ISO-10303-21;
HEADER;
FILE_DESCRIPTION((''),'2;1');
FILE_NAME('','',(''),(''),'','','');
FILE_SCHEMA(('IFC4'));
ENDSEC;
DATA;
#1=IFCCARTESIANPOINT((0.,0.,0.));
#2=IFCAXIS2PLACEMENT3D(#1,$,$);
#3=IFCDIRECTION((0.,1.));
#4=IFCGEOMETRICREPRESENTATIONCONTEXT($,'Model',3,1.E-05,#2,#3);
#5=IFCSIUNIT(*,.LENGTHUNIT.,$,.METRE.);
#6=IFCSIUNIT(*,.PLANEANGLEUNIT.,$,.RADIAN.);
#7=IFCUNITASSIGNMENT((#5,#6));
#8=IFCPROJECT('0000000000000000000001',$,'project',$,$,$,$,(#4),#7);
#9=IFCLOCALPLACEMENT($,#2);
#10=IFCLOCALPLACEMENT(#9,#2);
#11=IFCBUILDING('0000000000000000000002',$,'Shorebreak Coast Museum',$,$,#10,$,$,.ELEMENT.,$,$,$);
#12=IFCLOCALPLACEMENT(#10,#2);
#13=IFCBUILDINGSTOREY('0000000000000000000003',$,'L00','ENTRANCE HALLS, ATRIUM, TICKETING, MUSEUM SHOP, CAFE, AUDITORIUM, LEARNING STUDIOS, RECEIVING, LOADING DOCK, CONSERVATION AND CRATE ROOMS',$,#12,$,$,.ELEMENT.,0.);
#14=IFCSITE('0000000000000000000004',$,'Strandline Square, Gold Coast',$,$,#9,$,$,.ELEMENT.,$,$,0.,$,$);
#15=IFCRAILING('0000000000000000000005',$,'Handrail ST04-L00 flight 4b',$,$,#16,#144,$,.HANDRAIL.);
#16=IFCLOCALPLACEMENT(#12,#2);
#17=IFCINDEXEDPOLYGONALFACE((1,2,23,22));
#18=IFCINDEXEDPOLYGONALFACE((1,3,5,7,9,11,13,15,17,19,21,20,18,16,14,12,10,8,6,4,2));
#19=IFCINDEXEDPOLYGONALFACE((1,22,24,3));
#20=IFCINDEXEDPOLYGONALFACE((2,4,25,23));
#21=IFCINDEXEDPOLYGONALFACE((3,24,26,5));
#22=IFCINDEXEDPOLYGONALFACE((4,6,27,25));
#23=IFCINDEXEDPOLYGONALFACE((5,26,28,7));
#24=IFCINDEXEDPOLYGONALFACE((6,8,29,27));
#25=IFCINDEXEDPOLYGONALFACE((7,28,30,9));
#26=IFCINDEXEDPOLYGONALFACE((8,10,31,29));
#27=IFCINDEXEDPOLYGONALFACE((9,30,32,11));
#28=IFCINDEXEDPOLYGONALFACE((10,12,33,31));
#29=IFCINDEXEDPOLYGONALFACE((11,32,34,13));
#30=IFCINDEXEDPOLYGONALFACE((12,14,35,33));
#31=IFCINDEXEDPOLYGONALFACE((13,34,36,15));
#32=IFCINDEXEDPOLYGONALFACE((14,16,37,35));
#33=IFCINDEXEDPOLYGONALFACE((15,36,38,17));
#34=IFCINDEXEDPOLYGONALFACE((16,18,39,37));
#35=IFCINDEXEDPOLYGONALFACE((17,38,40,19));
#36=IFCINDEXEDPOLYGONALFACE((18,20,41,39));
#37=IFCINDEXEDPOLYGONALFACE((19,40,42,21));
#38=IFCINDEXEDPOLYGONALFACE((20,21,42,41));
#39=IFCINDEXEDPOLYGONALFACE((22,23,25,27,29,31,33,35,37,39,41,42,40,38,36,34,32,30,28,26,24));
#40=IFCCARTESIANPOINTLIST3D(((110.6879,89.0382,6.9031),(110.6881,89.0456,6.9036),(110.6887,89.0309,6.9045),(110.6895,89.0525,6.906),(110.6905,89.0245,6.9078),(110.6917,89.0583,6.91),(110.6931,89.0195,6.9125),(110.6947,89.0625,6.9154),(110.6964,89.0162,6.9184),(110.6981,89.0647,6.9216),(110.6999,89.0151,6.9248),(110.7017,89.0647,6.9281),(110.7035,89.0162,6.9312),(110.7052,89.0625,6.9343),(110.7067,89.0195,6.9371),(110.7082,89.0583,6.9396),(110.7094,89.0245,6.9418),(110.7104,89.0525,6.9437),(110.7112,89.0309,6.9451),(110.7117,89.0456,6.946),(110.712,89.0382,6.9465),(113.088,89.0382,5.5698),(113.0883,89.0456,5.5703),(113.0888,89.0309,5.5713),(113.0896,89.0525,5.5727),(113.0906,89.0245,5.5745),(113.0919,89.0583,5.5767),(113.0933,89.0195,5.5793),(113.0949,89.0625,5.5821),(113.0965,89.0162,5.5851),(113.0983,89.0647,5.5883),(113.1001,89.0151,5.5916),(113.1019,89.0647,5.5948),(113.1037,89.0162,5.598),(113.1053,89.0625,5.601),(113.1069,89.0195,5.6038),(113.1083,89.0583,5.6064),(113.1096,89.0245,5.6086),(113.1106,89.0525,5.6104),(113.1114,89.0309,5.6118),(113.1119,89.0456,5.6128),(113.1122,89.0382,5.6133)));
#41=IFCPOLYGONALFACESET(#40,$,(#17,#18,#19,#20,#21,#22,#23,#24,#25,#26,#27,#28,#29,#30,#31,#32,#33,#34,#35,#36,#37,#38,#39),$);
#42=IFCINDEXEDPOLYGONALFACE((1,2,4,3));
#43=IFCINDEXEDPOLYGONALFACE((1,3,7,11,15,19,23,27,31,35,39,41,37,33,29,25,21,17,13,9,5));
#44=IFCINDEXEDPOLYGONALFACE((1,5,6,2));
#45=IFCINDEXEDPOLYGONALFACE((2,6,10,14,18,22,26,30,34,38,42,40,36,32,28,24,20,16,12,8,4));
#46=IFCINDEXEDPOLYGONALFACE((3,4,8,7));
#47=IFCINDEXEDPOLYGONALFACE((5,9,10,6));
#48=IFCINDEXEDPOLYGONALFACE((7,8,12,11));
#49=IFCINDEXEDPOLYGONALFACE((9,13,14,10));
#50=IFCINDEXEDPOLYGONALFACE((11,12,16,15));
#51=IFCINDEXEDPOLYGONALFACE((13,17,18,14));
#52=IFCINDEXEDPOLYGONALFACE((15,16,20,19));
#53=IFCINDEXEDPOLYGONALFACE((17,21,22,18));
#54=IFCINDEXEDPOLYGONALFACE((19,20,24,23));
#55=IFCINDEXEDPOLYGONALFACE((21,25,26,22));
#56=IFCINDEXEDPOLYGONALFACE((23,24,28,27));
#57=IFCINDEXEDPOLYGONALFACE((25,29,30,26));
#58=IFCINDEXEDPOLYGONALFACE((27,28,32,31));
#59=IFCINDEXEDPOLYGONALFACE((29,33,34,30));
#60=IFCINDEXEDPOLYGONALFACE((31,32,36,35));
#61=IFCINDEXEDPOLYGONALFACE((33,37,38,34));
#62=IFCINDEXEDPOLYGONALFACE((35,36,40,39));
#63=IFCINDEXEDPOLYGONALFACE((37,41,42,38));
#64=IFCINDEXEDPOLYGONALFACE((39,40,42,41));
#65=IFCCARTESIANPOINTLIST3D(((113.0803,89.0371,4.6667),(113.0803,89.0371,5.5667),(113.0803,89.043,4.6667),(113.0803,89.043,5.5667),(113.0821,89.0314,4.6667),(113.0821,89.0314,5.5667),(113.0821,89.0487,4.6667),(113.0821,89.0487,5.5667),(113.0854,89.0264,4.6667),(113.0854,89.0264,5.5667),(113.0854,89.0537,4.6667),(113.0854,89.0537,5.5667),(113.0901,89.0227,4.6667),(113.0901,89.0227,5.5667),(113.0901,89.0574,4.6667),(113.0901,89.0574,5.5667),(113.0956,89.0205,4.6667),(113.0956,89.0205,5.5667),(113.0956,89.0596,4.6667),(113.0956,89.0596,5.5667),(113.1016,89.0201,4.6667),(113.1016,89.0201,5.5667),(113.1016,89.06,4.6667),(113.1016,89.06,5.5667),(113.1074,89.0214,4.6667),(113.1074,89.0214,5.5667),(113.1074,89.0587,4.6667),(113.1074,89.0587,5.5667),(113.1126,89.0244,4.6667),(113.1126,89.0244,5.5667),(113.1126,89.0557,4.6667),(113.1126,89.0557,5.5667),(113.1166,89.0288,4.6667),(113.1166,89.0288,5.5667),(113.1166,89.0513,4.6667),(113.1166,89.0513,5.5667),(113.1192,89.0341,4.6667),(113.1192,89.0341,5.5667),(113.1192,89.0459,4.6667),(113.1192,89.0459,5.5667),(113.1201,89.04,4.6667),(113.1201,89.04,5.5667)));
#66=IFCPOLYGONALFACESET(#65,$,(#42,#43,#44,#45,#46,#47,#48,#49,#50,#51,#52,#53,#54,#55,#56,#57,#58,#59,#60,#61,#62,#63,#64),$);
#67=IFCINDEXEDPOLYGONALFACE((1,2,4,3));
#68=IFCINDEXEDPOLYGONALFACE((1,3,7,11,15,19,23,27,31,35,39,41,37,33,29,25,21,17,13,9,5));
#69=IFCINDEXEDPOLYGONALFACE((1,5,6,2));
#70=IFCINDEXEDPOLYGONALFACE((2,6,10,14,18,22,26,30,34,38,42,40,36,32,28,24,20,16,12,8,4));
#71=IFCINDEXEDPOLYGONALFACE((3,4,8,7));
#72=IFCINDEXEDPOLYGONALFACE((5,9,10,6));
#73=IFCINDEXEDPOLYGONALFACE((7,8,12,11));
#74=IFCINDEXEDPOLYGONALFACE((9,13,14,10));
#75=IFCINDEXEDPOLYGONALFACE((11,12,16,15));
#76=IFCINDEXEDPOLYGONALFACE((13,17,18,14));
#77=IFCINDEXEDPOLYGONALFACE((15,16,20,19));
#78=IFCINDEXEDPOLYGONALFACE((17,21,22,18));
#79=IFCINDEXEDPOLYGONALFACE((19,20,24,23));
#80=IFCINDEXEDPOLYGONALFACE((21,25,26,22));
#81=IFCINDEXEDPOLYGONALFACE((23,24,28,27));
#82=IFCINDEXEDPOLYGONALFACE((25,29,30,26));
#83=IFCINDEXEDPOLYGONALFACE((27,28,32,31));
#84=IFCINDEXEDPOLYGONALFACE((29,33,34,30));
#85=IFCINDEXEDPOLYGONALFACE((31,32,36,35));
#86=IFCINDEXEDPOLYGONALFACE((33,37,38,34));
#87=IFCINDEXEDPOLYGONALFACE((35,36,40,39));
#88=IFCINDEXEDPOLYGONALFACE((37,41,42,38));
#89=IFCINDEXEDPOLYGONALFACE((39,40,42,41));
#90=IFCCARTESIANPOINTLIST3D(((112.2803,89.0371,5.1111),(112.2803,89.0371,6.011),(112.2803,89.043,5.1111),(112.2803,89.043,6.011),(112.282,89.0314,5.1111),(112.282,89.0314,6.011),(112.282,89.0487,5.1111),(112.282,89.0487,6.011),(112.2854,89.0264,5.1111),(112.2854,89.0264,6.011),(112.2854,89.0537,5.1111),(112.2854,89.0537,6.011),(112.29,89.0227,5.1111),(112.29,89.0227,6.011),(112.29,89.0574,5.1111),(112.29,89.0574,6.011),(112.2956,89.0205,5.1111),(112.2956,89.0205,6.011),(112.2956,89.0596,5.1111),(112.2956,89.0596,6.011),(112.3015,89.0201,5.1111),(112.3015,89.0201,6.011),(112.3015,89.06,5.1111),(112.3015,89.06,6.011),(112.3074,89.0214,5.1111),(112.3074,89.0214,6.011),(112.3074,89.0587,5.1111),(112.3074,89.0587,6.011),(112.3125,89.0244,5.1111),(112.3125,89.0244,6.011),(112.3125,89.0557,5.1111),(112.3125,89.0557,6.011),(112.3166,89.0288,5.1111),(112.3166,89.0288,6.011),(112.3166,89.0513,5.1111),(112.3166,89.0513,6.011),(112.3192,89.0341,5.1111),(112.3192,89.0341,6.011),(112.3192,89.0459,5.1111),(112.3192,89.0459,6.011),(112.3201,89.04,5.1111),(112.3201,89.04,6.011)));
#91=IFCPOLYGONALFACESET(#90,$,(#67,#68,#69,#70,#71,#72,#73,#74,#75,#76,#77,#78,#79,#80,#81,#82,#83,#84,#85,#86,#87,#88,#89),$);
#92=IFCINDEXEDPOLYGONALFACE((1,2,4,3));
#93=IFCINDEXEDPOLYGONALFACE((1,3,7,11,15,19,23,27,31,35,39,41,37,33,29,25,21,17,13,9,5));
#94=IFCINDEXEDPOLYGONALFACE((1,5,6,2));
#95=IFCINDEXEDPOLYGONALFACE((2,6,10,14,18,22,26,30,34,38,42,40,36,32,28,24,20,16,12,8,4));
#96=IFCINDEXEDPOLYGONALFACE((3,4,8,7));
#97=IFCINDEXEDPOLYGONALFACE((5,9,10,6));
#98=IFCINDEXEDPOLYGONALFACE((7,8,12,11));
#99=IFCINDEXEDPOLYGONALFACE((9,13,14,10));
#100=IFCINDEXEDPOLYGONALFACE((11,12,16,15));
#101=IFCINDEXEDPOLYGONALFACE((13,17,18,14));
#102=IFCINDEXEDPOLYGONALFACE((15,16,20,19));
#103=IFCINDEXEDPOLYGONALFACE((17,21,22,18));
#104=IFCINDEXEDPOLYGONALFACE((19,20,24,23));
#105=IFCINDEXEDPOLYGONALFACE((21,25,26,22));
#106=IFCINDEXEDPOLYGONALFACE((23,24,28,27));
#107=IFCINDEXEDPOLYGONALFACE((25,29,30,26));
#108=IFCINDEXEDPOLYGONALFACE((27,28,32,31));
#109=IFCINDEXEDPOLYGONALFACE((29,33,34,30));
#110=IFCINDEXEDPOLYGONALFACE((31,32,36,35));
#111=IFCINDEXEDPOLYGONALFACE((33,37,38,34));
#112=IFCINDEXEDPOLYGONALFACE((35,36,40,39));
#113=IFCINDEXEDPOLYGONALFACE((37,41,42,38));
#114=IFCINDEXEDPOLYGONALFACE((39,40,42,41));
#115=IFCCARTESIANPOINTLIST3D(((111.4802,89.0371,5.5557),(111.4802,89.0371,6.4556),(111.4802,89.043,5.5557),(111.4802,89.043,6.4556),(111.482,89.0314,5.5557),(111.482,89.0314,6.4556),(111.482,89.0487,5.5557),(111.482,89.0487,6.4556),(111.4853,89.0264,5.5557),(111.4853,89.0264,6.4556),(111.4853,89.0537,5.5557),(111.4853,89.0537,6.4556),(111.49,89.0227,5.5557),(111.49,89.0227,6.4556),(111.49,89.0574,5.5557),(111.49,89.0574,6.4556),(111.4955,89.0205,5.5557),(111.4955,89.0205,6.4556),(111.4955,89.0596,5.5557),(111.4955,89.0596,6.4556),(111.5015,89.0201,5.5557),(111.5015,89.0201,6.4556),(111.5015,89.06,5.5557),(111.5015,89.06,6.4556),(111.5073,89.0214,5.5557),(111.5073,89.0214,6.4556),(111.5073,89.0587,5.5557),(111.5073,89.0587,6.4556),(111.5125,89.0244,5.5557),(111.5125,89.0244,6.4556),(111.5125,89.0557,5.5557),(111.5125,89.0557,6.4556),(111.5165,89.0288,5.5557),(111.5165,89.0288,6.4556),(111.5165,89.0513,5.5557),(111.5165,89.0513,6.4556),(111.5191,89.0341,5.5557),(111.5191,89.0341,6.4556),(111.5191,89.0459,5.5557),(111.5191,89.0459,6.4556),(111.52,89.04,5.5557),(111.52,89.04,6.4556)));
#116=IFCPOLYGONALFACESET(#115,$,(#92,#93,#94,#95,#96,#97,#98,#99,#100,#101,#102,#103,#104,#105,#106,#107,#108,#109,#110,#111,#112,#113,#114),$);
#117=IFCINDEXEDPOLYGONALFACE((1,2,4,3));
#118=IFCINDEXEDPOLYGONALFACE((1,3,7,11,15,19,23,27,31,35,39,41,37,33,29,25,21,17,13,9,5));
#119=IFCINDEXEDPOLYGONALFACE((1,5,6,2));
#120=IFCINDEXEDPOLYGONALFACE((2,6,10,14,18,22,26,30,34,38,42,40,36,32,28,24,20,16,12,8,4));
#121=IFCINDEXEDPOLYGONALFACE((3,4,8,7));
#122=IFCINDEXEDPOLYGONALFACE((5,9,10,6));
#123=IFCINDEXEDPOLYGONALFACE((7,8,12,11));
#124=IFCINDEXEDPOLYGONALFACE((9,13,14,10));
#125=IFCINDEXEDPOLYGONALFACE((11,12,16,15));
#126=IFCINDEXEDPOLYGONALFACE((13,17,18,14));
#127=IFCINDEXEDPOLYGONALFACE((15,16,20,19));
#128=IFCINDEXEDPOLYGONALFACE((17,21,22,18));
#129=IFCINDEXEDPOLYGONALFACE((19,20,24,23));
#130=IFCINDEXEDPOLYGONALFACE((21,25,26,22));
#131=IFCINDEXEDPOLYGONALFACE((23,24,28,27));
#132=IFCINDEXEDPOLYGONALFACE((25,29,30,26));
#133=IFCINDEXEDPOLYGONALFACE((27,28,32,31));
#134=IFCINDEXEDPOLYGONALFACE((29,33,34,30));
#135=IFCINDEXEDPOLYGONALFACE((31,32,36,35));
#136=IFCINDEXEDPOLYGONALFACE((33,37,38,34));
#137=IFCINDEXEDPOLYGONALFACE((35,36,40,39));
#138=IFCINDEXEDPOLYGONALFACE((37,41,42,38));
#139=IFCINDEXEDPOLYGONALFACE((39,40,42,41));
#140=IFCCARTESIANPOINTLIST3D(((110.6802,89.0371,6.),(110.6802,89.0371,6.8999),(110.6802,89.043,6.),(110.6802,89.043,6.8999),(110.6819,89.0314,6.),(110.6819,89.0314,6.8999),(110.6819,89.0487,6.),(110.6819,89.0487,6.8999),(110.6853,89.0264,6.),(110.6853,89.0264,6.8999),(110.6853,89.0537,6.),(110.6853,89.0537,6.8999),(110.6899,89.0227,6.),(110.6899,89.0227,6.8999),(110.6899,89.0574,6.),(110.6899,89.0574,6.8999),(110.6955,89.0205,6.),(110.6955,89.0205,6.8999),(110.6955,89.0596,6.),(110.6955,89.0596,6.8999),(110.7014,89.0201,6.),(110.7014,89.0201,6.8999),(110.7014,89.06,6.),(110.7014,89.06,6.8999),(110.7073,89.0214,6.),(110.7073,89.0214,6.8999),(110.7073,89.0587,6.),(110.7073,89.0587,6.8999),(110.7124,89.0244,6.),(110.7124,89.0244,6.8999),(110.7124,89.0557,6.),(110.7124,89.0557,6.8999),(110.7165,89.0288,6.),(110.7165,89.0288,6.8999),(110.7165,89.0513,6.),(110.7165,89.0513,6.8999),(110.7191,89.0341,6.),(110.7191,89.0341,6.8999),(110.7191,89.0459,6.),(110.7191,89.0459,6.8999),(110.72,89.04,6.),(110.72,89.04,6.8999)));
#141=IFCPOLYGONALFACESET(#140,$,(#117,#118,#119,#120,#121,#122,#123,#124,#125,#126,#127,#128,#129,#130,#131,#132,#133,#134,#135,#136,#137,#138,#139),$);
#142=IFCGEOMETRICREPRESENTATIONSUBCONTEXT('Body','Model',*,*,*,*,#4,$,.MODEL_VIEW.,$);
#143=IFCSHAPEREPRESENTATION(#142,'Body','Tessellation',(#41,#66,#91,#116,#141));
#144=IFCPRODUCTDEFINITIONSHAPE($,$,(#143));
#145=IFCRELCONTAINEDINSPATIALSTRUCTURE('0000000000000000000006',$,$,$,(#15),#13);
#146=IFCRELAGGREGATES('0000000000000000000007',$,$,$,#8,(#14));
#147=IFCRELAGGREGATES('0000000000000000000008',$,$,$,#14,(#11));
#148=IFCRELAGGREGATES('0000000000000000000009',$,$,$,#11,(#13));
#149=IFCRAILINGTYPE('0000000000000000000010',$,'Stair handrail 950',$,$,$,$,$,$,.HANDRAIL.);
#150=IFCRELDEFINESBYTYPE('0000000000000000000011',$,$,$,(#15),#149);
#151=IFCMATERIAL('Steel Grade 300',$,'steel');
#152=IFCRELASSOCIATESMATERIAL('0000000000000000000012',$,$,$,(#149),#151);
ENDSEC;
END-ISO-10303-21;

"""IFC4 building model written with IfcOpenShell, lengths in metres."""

from ifc_helpers import new_model, si_unit, direction, frame, origin, origin_2d, place, context, subcontext, project, spatial, circle, extrude, material, type_object, element, save


model = new_model("IFC4")

# Units and contexts
model_context = context("Model", 3, precision=1e-05, world=origin(), true_north=direction((0.0, 1.0)))
body_context = subcontext(model_context, "Body", "Model", "MODEL_VIEW")
ifc_project = project(units=[si_unit("LENGTHUNIT", "METRE"), si_unit("PLANEANGLEUNIT", "RADIAN")], contexts=[model_context])

# Site, building, storey
site_placement = place(None, origin())
site = spatial("IfcSite", under=ifc_project, at=site_placement, Name="Strandline Square, Gold Coast", CompositionType="ELEMENT", RefElevation=0.0)
building_placement = place(site_placement, origin())
building = spatial("IfcBuilding", under=site, at=building_placement, Name="Shorebreak Coast Museum", CompositionType="ELEMENT")
storey_placement = place(building_placement, origin())
storey = spatial("IfcBuildingStorey", under=building, at=storey_placement, Name="L00", Description="ENTRANCE HALLS, ATRIUM, TICKETING, MUSEUM SHOP, CAFE, AUDITORIUM, LEARNING STUDIOS, RECEIVING, LOADING DOCK, CONSERVATION AND CRATE ROOMS", CompositionType="ELEMENT", Elevation=0.0)

# Railing
ifc_material_1 = material(Name="Steel Grade 300", Category="steel")
railing_type_1 = type_object("IfcRailingType", Name="Stair handrail 950", PredefinedType="HANDRAIL", material=ifc_material_1)
for number, where, name in (
    (1, (113.1001, 89.04, 4.6667), "Handrail ST04-L00 flight 4b"),
):
    element("IfcRailing", number, at=place(storey_placement, frame(where)), inside=storey, type_object=railing_type_1, Name=name, PredefinedType="HANDRAIL", context=body_context, shape_type="SweptSolid", body=[
        extrude(circle(Radius=0.0249, at=origin_2d()), frame((0.0, 0.0, 0.9248), z_axis=(-0.874182, 0.0, 0.485598), x_axis=(0.0, -1.0, 0.0)), (0.0, 0.0, 1.0), 2.7456),
        extrude(circle(Radius=0.02, at=origin_2d()), origin(), (0.0, 0.0, 1.0), 0.8999),
        extrude(circle(Radius=0.02, at=origin_2d()), frame((-0.8, 0.0, 0.4443)), (0.0, 0.0, 1.0), 0.8999),
        extrude(circle(Radius=0.02, at=origin_2d()), frame((-1.6001, 0.0, 0.8889)), (0.0, 0.0, 1.0), 0.8999),
        extrude(circle(Radius=0.02, at=origin_2d()), frame((-2.4001, 0.0, 1.3333)), (0.0, 0.0, 1.0), 0.8999),
    ])

save(model, "model.ifc")
